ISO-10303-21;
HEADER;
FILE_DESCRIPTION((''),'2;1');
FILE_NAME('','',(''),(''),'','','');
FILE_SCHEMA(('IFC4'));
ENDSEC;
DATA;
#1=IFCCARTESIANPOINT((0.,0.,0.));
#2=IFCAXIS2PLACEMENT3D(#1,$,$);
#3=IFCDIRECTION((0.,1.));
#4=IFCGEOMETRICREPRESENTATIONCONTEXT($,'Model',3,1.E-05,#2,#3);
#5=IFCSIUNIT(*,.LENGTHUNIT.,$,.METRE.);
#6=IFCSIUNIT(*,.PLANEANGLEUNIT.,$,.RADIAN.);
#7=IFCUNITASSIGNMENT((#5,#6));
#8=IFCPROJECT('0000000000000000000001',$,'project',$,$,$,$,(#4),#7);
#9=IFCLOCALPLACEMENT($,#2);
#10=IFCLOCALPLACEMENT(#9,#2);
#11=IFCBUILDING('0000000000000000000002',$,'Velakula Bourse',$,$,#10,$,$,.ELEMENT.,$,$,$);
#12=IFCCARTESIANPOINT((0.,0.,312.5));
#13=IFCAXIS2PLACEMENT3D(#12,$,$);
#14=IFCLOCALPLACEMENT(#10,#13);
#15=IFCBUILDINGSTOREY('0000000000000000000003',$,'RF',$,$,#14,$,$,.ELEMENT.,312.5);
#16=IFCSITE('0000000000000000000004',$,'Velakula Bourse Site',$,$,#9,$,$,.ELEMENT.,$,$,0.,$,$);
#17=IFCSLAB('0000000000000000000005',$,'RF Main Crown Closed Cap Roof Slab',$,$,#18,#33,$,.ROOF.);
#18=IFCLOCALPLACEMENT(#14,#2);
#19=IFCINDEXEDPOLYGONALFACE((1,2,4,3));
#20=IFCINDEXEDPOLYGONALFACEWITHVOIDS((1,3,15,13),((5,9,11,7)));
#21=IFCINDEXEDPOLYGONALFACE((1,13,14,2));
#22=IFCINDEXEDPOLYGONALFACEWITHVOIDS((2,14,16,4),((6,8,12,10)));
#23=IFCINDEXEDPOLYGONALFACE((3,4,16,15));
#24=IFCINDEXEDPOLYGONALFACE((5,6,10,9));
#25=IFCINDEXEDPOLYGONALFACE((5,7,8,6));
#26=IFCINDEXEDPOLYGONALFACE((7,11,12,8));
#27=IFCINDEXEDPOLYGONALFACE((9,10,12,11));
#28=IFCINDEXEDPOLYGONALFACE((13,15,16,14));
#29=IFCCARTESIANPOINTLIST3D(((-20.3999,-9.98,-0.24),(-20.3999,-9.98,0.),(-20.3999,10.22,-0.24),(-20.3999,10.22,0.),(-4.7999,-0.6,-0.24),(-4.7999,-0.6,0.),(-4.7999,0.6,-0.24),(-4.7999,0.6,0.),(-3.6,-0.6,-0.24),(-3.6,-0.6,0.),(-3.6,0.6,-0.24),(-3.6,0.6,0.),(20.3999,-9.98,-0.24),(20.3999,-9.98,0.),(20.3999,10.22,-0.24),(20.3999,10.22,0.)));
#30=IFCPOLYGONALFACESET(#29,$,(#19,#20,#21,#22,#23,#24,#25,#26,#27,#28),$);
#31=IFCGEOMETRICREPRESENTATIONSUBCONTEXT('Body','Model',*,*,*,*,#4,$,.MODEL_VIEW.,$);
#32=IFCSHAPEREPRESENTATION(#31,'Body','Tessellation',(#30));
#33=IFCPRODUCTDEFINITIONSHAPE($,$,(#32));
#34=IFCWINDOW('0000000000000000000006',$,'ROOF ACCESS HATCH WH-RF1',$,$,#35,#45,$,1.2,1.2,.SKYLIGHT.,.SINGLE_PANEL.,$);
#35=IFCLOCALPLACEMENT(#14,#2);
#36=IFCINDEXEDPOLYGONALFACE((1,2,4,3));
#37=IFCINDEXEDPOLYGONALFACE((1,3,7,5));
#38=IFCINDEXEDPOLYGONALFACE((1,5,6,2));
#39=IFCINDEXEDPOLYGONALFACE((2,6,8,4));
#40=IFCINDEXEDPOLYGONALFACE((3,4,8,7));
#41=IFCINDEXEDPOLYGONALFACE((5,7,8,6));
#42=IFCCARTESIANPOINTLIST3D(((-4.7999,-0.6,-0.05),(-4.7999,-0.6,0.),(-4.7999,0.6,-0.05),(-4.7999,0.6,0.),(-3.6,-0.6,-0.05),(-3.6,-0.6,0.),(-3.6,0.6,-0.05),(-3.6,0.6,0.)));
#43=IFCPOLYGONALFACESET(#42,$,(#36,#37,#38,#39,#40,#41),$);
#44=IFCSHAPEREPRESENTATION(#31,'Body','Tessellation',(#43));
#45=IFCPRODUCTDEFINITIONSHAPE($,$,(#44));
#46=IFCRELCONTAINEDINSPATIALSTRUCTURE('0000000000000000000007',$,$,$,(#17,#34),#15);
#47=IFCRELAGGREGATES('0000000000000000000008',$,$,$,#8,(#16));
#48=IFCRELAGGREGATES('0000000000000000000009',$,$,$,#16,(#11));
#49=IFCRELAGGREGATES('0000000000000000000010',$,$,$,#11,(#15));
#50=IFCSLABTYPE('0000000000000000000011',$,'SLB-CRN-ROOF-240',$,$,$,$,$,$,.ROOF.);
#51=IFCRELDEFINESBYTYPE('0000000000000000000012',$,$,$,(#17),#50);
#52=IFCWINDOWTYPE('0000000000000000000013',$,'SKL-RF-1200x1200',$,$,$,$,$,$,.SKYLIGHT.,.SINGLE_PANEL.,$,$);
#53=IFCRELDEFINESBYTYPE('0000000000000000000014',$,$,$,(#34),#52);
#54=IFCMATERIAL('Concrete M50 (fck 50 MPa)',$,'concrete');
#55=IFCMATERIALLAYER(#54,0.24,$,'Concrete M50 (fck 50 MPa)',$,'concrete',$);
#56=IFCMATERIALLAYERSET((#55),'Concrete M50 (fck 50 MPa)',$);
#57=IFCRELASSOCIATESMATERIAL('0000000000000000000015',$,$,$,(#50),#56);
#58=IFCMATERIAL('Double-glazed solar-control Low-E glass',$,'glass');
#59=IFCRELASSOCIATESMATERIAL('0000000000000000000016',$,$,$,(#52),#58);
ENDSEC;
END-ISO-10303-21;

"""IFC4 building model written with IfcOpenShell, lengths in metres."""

from ifc_helpers import new_model, si_unit, direction, frame, origin, origin_2d, place, context, subcontext, project, spatial, polyline, rectangle, outline, extrude, material, layer, layer_set, type_object, element, fill, save


model = new_model("IFC4")

# Units and contexts
model_context = context("Model", 3, precision=1e-05, world=origin(), true_north=direction((0.0, 1.0)))
body_context = subcontext(model_context, "Body", "Model", "MODEL_VIEW")
ifc_project = project(units=[si_unit("LENGTHUNIT", "METRE"), si_unit("PLANEANGLEUNIT", "RADIAN")], contexts=[model_context])

# Site, building, storey
site_placement = place(None, origin())
site = spatial("IfcSite", under=ifc_project, at=site_placement, Name="Velakula Bourse Site", CompositionType="ELEMENT", RefElevation=0.0)
building_placement = place(site_placement, origin())
building = spatial("IfcBuilding", under=site, at=building_placement, Name="Velakula Bourse", CompositionType="ELEMENT")
storey_placement = place(building_placement, frame((0.0, 0.0, 312.5)))
storey = spatial("IfcBuildingStorey", under=building, at=storey_placement, Name="RF", CompositionType="ELEMENT", Elevation=312.5)

# Slab, opening, window
ifc_material_1 = material(Name="Concrete M50 (fck 50 MPa)", Category="concrete")
ifc_layer_1 = layer(ifc_material_1, 0.24, Name="Concrete M50 (fck 50 MPa)", Category="concrete")
ifc_layer_set_1 = layer_set([ifc_layer_1], Name="Concrete M50 (fck 50 MPa)")
slab_type = type_object("IfcSlabType", Name="SLB-CRN-ROOF-240", PredefinedType="ROOF", material=ifc_layer_set_1)
slab_placement = place(storey_placement, frame((0.0, 0.0, -0.24)))
slab = element("IfcSlab", 1, at=slab_placement, inside=storey, type_object=slab_type, Name="RF Main Crown Closed Cap Roof Slab", PredefinedType="ROOF", context=body_context, shape_type="SweptSolid", body=[
    extrude(outline(polyline([(-20.3999, -9.98), (20.3999, -9.98), (20.3999, 10.22), (-20.3999, 10.22), (-20.3999, -9.98)])), origin(), (0.0, 0.0, 1.0), 0.24),
])
opening_placement = place(slab_placement, frame((-4.2, 0.0, -0.01)))
opening = element("IfcOpeningElement", 2, at=opening_placement, cuts=slab, PredefinedType="OPENING", context=body_context, shape_type="SweptSolid", body=[
    extrude(rectangle(XDim=1.2, YDim=1.2, at=origin_2d()), origin(), (0.0, 0.0, 1.0), 0.26),
])
ifc_material_2 = material(Name="Double-glazed solar-control Low-E glass", Category="glass")
window_type = type_object("IfcWindowType", Name="SKL-RF-1200x1200", PartitioningType="SINGLE_PANEL", PredefinedType="SKYLIGHT", material=ifc_material_2)
window_placement = place(slab_placement, frame((-4.2, 0.0, 0.1899)))
window = element("IfcWindow", 3, at=window_placement, inside=storey, type_object=window_type, Name="ROOF ACCESS HATCH WH-RF1", OverallHeight=1.2, OverallWidth=1.2, PartitioningType="SINGLE_PANEL", PredefinedType="SKYLIGHT", context=body_context, shape_type="SweptSolid", body=[
    extrude(rectangle(XDim=1.2, YDim=1.2, at=origin_2d()), origin(), (0.0, 0.0, 1.0), 0.05),
])
fill(opening, window)

save(model, "model.ifc")
